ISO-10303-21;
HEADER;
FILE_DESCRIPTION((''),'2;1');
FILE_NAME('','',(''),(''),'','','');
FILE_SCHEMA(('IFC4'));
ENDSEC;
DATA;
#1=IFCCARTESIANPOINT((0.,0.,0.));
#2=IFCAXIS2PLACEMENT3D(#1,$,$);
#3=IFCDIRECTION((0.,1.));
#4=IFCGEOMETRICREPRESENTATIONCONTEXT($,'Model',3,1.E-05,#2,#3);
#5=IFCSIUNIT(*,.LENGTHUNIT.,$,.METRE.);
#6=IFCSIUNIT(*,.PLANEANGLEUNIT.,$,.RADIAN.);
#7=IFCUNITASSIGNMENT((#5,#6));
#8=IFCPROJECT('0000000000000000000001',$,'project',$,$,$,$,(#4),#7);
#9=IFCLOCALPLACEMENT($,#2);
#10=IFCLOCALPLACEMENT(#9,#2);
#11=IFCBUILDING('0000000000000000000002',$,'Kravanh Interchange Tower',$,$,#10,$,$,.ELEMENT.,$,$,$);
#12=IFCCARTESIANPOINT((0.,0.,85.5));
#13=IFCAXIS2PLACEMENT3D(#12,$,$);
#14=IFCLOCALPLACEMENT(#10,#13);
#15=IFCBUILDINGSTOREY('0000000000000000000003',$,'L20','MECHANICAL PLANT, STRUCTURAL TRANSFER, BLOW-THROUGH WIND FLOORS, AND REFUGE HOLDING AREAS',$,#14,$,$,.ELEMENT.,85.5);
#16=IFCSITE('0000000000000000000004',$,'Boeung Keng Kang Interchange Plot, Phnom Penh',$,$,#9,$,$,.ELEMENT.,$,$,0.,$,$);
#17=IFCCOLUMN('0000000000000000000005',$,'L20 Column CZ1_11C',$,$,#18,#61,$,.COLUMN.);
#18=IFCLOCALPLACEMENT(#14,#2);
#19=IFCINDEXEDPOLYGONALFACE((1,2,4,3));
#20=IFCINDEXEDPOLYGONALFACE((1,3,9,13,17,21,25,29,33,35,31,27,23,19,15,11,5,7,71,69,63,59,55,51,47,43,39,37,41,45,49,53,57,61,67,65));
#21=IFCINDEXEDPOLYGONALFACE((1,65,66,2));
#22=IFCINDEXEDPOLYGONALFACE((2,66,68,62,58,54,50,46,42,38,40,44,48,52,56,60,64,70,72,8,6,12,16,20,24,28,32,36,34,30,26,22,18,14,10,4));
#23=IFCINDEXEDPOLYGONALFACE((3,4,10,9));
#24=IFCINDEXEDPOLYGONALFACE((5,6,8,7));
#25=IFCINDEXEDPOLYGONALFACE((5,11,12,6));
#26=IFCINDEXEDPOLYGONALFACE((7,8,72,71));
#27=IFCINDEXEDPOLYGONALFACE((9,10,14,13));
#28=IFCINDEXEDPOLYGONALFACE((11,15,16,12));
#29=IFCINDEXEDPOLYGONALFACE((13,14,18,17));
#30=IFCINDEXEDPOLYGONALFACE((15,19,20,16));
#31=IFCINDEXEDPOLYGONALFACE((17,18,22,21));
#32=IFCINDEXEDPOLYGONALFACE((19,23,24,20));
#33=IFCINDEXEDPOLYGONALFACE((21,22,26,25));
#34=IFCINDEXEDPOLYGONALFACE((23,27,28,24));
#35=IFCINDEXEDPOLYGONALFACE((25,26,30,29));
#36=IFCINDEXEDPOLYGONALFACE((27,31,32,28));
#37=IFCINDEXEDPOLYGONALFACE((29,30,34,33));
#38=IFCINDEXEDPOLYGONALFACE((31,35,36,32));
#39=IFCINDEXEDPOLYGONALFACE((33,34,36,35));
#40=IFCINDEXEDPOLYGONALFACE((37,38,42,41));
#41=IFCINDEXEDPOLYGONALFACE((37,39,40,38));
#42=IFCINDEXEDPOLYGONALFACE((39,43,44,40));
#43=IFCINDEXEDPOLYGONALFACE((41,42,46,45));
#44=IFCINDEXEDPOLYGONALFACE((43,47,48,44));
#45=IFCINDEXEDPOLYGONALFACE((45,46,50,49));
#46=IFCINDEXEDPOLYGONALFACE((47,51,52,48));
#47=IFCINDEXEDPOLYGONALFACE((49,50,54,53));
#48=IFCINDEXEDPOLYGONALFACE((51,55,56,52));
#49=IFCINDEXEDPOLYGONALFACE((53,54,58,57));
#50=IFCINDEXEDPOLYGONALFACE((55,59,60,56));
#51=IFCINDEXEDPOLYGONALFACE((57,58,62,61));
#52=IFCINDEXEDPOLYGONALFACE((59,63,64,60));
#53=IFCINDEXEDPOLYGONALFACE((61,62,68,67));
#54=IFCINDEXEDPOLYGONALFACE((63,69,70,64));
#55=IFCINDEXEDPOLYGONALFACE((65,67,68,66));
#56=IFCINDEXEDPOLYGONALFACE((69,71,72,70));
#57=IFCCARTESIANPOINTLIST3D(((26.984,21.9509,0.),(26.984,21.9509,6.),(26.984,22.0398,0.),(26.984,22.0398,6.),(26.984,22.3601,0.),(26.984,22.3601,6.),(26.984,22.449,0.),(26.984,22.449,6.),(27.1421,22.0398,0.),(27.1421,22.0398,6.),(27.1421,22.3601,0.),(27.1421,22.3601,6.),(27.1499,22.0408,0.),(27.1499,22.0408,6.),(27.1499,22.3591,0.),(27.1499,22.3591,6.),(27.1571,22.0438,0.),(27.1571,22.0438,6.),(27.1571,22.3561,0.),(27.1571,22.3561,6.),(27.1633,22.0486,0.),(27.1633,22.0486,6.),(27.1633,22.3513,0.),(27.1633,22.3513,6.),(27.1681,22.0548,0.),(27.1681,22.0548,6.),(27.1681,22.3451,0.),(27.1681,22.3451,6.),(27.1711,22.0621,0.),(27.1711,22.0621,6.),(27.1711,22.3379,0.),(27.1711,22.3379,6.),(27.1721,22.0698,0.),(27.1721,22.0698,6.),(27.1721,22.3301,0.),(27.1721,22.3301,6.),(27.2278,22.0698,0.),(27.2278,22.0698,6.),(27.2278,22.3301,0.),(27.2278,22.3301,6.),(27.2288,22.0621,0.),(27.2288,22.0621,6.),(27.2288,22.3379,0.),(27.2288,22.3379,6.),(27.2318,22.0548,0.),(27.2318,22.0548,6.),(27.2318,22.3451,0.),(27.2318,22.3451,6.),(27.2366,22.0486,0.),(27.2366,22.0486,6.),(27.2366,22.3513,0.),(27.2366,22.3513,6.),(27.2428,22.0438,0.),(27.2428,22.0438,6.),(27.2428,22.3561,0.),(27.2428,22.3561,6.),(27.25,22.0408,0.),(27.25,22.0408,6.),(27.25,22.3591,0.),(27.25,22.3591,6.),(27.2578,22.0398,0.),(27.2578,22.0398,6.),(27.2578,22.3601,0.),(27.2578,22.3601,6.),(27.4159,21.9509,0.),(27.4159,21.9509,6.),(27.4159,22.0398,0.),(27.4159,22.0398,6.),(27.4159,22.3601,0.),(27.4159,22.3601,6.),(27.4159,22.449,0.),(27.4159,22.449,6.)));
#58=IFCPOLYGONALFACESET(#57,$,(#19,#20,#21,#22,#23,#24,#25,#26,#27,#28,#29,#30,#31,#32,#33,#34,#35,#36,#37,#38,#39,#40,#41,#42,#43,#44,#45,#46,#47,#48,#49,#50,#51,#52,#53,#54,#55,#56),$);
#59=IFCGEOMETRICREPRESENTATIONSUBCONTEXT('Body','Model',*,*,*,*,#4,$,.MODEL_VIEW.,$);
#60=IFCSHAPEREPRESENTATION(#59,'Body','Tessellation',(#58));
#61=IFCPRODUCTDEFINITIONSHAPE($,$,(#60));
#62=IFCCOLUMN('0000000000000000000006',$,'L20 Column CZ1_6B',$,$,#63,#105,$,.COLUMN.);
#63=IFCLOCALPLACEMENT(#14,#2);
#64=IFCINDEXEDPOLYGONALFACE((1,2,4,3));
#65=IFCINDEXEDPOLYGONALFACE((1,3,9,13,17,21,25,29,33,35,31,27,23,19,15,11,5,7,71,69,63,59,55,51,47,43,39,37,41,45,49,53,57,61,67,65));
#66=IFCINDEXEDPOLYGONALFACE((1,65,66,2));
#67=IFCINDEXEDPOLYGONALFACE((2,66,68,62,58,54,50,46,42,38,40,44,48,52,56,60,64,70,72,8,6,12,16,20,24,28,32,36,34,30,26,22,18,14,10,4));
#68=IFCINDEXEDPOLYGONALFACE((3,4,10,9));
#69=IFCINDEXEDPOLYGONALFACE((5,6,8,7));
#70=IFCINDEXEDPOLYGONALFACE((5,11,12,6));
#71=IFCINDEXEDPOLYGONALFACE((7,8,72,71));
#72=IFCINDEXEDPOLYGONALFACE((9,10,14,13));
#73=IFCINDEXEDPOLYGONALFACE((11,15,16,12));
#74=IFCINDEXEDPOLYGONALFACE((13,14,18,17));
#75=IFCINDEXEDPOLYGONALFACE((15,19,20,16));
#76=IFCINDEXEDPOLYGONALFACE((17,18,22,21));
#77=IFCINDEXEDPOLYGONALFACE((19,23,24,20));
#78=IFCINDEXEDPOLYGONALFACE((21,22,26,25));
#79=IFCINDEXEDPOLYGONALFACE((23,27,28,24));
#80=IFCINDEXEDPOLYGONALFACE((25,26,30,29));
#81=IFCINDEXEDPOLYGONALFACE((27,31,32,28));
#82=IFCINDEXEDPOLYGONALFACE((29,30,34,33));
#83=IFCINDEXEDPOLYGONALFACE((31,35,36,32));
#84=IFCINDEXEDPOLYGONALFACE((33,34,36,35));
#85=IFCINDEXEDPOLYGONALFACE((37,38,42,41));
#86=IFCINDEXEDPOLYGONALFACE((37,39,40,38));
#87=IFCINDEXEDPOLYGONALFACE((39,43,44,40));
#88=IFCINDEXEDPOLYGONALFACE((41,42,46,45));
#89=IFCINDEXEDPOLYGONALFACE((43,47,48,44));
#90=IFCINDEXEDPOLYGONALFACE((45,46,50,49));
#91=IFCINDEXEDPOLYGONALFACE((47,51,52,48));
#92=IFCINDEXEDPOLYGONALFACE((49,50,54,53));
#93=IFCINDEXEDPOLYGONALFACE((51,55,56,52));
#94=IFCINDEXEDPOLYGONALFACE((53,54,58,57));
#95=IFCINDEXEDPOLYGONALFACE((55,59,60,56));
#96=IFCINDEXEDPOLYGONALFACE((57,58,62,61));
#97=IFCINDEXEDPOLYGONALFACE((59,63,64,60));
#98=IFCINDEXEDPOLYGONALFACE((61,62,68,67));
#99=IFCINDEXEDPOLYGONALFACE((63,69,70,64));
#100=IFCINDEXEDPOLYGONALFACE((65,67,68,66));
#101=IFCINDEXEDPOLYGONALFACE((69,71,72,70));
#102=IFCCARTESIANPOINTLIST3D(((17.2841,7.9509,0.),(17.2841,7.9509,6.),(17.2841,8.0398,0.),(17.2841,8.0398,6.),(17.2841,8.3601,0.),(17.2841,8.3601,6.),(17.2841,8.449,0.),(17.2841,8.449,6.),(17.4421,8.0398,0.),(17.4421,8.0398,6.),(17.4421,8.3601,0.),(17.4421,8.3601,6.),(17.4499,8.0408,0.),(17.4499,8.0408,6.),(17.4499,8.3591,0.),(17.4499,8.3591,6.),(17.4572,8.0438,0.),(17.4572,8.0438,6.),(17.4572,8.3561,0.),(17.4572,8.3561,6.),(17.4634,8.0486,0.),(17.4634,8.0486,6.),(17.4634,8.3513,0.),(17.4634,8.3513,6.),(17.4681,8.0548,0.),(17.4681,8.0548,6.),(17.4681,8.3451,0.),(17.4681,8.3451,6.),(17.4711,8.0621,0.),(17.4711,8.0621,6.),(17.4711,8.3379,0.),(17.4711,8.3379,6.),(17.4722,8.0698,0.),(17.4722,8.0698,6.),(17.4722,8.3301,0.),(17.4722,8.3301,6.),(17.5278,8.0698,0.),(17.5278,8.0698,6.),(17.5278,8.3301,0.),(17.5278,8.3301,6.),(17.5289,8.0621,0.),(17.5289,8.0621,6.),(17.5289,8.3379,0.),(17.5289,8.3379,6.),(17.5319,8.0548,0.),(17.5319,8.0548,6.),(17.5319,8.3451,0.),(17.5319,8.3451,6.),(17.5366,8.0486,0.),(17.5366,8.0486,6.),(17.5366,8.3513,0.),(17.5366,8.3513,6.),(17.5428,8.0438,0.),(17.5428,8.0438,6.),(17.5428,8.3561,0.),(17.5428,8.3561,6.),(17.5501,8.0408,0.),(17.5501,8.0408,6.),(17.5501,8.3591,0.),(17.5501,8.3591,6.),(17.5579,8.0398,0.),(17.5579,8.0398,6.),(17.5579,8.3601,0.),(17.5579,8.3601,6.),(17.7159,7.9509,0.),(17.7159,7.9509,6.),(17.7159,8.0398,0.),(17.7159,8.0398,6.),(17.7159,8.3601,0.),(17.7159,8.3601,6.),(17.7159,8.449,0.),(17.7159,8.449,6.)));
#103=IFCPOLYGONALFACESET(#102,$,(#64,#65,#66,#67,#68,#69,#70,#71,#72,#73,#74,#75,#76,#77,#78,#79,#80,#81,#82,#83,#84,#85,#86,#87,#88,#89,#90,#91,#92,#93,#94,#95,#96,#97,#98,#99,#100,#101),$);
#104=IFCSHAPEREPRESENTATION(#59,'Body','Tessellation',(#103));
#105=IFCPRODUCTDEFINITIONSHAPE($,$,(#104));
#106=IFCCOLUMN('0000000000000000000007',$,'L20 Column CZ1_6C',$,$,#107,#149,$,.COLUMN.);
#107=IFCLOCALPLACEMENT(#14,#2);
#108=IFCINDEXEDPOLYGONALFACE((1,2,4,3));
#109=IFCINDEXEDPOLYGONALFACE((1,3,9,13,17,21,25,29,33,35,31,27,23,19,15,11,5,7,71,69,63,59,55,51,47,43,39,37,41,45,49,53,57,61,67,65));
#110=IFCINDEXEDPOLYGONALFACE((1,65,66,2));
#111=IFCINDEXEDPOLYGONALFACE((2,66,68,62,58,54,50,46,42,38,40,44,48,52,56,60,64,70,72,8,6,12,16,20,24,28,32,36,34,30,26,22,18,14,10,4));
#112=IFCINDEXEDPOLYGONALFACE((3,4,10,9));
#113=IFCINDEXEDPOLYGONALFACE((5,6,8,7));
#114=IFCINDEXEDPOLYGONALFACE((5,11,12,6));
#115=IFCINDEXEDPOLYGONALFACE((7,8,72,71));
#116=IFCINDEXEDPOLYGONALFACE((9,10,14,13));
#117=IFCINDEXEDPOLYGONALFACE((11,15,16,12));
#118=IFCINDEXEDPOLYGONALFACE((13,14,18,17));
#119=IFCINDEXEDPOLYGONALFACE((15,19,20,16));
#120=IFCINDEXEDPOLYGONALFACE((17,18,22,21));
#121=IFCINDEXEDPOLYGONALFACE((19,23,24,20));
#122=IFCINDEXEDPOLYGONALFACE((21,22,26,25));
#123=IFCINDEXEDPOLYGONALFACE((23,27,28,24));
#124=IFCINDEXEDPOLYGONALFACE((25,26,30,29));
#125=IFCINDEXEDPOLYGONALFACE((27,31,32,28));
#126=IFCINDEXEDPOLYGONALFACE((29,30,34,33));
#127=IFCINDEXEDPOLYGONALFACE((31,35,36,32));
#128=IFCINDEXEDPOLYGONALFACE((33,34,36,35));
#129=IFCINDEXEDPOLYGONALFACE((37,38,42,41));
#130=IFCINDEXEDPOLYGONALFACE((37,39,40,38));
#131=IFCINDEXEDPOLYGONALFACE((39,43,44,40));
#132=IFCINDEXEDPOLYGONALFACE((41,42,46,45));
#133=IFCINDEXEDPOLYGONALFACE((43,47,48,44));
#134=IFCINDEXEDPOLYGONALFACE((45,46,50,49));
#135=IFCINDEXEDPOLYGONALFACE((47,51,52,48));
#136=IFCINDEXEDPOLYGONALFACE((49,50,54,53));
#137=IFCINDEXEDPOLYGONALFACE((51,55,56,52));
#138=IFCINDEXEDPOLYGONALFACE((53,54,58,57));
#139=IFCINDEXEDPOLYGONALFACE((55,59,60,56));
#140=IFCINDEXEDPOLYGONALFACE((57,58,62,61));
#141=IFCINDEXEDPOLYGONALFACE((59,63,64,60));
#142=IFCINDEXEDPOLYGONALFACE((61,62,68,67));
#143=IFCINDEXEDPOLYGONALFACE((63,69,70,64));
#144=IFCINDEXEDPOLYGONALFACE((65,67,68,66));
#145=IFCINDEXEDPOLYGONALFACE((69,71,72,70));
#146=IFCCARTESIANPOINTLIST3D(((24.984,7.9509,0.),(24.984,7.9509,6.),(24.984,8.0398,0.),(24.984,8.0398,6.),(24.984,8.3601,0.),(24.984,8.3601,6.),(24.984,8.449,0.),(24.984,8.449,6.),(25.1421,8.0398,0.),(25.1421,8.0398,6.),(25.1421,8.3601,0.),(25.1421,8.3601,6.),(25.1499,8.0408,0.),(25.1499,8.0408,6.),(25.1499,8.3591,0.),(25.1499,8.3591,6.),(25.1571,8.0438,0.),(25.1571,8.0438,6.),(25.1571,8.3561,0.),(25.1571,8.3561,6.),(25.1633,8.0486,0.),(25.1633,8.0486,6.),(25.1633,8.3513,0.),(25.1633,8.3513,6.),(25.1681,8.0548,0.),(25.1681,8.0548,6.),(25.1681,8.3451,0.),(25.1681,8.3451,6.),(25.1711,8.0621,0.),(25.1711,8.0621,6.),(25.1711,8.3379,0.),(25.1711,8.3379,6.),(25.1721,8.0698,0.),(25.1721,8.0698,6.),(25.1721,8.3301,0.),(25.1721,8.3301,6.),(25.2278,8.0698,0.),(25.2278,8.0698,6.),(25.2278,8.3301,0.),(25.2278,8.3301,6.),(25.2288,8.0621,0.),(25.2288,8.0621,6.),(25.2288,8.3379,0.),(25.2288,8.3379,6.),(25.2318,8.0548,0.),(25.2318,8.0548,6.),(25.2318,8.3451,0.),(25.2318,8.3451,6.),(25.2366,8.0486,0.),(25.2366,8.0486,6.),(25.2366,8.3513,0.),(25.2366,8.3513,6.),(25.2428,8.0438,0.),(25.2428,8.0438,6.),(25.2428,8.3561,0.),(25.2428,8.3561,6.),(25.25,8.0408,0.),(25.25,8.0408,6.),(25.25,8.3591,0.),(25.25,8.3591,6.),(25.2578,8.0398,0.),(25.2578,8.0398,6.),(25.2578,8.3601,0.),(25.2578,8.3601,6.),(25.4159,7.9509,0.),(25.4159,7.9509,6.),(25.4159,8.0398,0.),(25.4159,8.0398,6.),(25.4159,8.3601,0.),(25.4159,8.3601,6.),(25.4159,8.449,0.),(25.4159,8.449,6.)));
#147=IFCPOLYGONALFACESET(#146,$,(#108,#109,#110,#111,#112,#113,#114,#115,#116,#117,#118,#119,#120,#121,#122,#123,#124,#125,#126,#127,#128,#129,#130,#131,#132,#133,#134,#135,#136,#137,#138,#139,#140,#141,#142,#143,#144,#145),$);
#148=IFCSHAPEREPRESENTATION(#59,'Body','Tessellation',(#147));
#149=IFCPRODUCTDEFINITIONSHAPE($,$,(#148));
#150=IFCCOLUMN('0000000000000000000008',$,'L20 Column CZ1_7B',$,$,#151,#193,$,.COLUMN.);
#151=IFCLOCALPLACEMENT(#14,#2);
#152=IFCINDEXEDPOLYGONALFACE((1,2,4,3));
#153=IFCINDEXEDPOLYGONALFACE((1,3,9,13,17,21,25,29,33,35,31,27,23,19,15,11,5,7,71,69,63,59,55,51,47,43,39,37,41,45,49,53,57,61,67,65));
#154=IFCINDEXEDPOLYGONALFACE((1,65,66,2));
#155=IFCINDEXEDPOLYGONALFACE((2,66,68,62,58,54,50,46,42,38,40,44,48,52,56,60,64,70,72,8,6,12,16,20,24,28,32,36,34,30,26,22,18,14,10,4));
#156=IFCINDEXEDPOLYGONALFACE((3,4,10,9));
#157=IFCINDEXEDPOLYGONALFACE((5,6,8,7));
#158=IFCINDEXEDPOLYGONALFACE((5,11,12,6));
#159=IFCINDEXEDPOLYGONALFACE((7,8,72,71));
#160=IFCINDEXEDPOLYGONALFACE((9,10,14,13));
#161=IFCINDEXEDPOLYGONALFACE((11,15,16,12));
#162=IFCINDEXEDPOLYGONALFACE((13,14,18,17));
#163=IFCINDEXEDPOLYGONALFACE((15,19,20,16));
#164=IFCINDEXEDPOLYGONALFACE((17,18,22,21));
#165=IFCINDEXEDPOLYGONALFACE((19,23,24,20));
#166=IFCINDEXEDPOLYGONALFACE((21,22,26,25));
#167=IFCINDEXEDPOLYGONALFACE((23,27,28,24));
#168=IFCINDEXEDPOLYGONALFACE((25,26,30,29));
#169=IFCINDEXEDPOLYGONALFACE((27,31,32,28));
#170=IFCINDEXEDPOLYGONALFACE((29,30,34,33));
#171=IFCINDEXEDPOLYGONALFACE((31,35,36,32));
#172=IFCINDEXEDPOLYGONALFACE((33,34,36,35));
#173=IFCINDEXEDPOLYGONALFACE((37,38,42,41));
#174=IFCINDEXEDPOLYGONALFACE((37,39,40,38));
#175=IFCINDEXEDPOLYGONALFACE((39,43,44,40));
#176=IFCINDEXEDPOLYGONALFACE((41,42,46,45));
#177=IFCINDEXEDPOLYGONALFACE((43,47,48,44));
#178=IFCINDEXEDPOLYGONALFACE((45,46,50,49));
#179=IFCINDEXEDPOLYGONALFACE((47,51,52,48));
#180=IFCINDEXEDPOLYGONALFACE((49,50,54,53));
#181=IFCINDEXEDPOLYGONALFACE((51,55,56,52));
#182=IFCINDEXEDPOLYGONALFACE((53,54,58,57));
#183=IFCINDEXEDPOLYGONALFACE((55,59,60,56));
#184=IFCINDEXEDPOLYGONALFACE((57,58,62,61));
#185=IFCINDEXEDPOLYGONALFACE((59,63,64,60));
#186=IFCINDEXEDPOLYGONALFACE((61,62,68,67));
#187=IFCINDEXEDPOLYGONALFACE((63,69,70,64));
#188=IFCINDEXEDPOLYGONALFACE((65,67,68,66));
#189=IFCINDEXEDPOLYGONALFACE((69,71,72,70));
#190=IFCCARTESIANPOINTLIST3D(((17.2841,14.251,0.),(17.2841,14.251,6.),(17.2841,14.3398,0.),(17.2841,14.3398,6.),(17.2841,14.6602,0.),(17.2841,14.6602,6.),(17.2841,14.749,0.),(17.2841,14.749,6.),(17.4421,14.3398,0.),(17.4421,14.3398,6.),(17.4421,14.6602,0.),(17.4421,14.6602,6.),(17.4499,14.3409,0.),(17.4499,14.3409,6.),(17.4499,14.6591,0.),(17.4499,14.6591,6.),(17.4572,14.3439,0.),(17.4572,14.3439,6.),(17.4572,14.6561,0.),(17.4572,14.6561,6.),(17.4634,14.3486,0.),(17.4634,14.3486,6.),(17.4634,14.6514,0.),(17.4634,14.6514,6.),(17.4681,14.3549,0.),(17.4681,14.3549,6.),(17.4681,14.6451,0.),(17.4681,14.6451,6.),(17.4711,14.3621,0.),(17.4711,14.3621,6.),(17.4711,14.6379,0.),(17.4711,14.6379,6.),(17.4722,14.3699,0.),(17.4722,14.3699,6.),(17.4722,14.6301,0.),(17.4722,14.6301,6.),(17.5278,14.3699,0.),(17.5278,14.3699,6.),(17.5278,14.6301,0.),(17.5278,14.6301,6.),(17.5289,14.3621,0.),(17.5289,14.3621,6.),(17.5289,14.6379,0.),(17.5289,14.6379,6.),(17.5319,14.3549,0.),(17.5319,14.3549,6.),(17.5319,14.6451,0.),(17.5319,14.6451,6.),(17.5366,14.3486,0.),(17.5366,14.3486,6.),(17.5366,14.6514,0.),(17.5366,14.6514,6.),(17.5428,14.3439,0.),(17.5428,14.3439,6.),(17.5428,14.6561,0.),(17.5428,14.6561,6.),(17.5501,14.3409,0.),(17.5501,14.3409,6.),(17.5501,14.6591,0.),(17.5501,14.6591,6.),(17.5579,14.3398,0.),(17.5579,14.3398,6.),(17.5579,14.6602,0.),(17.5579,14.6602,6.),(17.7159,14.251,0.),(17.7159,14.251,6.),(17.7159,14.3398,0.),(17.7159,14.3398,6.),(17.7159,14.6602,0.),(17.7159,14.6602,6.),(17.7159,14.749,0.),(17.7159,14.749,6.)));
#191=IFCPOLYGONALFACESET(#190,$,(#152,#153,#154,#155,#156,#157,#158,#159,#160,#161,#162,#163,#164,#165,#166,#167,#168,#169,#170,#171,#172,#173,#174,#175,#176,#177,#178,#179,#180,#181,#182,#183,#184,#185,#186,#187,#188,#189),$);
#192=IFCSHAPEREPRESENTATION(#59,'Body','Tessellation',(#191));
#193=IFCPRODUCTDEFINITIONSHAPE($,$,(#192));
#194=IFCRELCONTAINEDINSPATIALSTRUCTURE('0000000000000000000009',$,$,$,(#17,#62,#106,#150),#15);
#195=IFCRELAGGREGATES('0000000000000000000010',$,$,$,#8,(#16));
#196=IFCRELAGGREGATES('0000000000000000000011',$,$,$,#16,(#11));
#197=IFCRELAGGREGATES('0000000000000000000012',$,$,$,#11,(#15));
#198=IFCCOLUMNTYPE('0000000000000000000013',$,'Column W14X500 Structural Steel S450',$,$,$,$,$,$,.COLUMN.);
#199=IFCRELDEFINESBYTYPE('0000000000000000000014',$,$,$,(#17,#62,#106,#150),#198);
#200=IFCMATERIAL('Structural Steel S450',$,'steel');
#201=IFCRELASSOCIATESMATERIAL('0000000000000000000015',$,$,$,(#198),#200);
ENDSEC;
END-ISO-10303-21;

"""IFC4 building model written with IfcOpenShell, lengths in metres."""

from ifc_helpers import new_model, si_unit, direction, frame, origin, origin_2d, place, context, subcontext, project, spatial, i_section, extrude, material, material_profile, profile_set, type_object, element, save


model = new_model("IFC4")

# Units and contexts
model_context = context("Model", 3, precision=1e-05, world=origin(), true_north=direction((0.0, 1.0)))
body_context = subcontext(model_context, "Body", "Model", "MODEL_VIEW")
ifc_project = project(units=[si_unit("LENGTHUNIT", "METRE"), si_unit("PLANEANGLEUNIT", "RADIAN")], contexts=[model_context])

# Site, building, storey
site_placement = place(None, origin())
site = spatial("IfcSite", under=ifc_project, at=site_placement, Name="Boeung Keng Kang Interchange Plot, Phnom Penh", CompositionType="ELEMENT", RefElevation=0.0)
building_placement = place(site_placement, origin())
building = spatial("IfcBuilding", under=site, at=building_placement, Name="Kravanh Interchange Tower", CompositionType="ELEMENT")
storey_placement = place(building_placement, frame((0.0, 0.0, 85.5)))
storey = spatial("IfcBuildingStorey", under=building, at=storey_placement, Name="L20", Description="MECHANICAL PLANT, STRUCTURAL TRANSFER, BLOW-THROUGH WIND FLOORS, AND REFUGE HOLDING AREAS", CompositionType="ELEMENT", Elevation=85.5)

# Columns
ifc_material_1 = material(Name="Structural Steel S450", Category="steel")
ifc_material_profile_1 = material_profile(ifc_material_1, i_section(OverallWidth=0.4319, OverallDepth=0.498, WebThickness=0.0557, FlangeThickness=0.0889, FilletRadius=0.03, at=origin_2d()), Name="W14X500")
ifc_profile_set_1 = profile_set([ifc_material_profile_1], Name="Structural Steel S450")
column_type = type_object("IfcColumnType", Name="Column W14X500 Structural Steel S450", PredefinedType="COLUMN", material=ifc_profile_set_1)
for number, where, z_axis, x_axis, name in (
    (1, (27.2, 22.2, 0.0), (0.0, 0.0, 1.0), (1.0, 0.0, 0.0), "L20 Column CZ1_11C"),
    (2, (17.5, 8.2, 0.0), (0.0, 0.0, 1.0), (1.0, 0.0, 0.0), "L20 Column CZ1_6B"),
    (3, (25.2, 8.2, 0.0), (0.0, 0.0, 1.0), (1.0, 0.0, 0.0), "L20 Column CZ1_6C"),
    (4, (17.5, 14.5, 0.0), (0.0, 0.0, 1.0), (1.0, 0.0, 0.0), "L20 Column CZ1_7B"),
):
    element("IfcColumn", number, at=place(storey_placement, frame(where, z_axis=z_axis, x_axis=x_axis)), inside=storey, type_object=column_type, Name=name, PredefinedType="COLUMN", context=body_context, shape_type="SweptSolid", body=[
        extrude(i_section(OverallWidth=0.4319, OverallDepth=0.498, WebThickness=0.0557, FlangeThickness=0.0889, FilletRadius=0.03, at=origin_2d()), origin(), (0.0, 0.0, 1.0), 6.0),
    ])

save(model, "model.ifc")
